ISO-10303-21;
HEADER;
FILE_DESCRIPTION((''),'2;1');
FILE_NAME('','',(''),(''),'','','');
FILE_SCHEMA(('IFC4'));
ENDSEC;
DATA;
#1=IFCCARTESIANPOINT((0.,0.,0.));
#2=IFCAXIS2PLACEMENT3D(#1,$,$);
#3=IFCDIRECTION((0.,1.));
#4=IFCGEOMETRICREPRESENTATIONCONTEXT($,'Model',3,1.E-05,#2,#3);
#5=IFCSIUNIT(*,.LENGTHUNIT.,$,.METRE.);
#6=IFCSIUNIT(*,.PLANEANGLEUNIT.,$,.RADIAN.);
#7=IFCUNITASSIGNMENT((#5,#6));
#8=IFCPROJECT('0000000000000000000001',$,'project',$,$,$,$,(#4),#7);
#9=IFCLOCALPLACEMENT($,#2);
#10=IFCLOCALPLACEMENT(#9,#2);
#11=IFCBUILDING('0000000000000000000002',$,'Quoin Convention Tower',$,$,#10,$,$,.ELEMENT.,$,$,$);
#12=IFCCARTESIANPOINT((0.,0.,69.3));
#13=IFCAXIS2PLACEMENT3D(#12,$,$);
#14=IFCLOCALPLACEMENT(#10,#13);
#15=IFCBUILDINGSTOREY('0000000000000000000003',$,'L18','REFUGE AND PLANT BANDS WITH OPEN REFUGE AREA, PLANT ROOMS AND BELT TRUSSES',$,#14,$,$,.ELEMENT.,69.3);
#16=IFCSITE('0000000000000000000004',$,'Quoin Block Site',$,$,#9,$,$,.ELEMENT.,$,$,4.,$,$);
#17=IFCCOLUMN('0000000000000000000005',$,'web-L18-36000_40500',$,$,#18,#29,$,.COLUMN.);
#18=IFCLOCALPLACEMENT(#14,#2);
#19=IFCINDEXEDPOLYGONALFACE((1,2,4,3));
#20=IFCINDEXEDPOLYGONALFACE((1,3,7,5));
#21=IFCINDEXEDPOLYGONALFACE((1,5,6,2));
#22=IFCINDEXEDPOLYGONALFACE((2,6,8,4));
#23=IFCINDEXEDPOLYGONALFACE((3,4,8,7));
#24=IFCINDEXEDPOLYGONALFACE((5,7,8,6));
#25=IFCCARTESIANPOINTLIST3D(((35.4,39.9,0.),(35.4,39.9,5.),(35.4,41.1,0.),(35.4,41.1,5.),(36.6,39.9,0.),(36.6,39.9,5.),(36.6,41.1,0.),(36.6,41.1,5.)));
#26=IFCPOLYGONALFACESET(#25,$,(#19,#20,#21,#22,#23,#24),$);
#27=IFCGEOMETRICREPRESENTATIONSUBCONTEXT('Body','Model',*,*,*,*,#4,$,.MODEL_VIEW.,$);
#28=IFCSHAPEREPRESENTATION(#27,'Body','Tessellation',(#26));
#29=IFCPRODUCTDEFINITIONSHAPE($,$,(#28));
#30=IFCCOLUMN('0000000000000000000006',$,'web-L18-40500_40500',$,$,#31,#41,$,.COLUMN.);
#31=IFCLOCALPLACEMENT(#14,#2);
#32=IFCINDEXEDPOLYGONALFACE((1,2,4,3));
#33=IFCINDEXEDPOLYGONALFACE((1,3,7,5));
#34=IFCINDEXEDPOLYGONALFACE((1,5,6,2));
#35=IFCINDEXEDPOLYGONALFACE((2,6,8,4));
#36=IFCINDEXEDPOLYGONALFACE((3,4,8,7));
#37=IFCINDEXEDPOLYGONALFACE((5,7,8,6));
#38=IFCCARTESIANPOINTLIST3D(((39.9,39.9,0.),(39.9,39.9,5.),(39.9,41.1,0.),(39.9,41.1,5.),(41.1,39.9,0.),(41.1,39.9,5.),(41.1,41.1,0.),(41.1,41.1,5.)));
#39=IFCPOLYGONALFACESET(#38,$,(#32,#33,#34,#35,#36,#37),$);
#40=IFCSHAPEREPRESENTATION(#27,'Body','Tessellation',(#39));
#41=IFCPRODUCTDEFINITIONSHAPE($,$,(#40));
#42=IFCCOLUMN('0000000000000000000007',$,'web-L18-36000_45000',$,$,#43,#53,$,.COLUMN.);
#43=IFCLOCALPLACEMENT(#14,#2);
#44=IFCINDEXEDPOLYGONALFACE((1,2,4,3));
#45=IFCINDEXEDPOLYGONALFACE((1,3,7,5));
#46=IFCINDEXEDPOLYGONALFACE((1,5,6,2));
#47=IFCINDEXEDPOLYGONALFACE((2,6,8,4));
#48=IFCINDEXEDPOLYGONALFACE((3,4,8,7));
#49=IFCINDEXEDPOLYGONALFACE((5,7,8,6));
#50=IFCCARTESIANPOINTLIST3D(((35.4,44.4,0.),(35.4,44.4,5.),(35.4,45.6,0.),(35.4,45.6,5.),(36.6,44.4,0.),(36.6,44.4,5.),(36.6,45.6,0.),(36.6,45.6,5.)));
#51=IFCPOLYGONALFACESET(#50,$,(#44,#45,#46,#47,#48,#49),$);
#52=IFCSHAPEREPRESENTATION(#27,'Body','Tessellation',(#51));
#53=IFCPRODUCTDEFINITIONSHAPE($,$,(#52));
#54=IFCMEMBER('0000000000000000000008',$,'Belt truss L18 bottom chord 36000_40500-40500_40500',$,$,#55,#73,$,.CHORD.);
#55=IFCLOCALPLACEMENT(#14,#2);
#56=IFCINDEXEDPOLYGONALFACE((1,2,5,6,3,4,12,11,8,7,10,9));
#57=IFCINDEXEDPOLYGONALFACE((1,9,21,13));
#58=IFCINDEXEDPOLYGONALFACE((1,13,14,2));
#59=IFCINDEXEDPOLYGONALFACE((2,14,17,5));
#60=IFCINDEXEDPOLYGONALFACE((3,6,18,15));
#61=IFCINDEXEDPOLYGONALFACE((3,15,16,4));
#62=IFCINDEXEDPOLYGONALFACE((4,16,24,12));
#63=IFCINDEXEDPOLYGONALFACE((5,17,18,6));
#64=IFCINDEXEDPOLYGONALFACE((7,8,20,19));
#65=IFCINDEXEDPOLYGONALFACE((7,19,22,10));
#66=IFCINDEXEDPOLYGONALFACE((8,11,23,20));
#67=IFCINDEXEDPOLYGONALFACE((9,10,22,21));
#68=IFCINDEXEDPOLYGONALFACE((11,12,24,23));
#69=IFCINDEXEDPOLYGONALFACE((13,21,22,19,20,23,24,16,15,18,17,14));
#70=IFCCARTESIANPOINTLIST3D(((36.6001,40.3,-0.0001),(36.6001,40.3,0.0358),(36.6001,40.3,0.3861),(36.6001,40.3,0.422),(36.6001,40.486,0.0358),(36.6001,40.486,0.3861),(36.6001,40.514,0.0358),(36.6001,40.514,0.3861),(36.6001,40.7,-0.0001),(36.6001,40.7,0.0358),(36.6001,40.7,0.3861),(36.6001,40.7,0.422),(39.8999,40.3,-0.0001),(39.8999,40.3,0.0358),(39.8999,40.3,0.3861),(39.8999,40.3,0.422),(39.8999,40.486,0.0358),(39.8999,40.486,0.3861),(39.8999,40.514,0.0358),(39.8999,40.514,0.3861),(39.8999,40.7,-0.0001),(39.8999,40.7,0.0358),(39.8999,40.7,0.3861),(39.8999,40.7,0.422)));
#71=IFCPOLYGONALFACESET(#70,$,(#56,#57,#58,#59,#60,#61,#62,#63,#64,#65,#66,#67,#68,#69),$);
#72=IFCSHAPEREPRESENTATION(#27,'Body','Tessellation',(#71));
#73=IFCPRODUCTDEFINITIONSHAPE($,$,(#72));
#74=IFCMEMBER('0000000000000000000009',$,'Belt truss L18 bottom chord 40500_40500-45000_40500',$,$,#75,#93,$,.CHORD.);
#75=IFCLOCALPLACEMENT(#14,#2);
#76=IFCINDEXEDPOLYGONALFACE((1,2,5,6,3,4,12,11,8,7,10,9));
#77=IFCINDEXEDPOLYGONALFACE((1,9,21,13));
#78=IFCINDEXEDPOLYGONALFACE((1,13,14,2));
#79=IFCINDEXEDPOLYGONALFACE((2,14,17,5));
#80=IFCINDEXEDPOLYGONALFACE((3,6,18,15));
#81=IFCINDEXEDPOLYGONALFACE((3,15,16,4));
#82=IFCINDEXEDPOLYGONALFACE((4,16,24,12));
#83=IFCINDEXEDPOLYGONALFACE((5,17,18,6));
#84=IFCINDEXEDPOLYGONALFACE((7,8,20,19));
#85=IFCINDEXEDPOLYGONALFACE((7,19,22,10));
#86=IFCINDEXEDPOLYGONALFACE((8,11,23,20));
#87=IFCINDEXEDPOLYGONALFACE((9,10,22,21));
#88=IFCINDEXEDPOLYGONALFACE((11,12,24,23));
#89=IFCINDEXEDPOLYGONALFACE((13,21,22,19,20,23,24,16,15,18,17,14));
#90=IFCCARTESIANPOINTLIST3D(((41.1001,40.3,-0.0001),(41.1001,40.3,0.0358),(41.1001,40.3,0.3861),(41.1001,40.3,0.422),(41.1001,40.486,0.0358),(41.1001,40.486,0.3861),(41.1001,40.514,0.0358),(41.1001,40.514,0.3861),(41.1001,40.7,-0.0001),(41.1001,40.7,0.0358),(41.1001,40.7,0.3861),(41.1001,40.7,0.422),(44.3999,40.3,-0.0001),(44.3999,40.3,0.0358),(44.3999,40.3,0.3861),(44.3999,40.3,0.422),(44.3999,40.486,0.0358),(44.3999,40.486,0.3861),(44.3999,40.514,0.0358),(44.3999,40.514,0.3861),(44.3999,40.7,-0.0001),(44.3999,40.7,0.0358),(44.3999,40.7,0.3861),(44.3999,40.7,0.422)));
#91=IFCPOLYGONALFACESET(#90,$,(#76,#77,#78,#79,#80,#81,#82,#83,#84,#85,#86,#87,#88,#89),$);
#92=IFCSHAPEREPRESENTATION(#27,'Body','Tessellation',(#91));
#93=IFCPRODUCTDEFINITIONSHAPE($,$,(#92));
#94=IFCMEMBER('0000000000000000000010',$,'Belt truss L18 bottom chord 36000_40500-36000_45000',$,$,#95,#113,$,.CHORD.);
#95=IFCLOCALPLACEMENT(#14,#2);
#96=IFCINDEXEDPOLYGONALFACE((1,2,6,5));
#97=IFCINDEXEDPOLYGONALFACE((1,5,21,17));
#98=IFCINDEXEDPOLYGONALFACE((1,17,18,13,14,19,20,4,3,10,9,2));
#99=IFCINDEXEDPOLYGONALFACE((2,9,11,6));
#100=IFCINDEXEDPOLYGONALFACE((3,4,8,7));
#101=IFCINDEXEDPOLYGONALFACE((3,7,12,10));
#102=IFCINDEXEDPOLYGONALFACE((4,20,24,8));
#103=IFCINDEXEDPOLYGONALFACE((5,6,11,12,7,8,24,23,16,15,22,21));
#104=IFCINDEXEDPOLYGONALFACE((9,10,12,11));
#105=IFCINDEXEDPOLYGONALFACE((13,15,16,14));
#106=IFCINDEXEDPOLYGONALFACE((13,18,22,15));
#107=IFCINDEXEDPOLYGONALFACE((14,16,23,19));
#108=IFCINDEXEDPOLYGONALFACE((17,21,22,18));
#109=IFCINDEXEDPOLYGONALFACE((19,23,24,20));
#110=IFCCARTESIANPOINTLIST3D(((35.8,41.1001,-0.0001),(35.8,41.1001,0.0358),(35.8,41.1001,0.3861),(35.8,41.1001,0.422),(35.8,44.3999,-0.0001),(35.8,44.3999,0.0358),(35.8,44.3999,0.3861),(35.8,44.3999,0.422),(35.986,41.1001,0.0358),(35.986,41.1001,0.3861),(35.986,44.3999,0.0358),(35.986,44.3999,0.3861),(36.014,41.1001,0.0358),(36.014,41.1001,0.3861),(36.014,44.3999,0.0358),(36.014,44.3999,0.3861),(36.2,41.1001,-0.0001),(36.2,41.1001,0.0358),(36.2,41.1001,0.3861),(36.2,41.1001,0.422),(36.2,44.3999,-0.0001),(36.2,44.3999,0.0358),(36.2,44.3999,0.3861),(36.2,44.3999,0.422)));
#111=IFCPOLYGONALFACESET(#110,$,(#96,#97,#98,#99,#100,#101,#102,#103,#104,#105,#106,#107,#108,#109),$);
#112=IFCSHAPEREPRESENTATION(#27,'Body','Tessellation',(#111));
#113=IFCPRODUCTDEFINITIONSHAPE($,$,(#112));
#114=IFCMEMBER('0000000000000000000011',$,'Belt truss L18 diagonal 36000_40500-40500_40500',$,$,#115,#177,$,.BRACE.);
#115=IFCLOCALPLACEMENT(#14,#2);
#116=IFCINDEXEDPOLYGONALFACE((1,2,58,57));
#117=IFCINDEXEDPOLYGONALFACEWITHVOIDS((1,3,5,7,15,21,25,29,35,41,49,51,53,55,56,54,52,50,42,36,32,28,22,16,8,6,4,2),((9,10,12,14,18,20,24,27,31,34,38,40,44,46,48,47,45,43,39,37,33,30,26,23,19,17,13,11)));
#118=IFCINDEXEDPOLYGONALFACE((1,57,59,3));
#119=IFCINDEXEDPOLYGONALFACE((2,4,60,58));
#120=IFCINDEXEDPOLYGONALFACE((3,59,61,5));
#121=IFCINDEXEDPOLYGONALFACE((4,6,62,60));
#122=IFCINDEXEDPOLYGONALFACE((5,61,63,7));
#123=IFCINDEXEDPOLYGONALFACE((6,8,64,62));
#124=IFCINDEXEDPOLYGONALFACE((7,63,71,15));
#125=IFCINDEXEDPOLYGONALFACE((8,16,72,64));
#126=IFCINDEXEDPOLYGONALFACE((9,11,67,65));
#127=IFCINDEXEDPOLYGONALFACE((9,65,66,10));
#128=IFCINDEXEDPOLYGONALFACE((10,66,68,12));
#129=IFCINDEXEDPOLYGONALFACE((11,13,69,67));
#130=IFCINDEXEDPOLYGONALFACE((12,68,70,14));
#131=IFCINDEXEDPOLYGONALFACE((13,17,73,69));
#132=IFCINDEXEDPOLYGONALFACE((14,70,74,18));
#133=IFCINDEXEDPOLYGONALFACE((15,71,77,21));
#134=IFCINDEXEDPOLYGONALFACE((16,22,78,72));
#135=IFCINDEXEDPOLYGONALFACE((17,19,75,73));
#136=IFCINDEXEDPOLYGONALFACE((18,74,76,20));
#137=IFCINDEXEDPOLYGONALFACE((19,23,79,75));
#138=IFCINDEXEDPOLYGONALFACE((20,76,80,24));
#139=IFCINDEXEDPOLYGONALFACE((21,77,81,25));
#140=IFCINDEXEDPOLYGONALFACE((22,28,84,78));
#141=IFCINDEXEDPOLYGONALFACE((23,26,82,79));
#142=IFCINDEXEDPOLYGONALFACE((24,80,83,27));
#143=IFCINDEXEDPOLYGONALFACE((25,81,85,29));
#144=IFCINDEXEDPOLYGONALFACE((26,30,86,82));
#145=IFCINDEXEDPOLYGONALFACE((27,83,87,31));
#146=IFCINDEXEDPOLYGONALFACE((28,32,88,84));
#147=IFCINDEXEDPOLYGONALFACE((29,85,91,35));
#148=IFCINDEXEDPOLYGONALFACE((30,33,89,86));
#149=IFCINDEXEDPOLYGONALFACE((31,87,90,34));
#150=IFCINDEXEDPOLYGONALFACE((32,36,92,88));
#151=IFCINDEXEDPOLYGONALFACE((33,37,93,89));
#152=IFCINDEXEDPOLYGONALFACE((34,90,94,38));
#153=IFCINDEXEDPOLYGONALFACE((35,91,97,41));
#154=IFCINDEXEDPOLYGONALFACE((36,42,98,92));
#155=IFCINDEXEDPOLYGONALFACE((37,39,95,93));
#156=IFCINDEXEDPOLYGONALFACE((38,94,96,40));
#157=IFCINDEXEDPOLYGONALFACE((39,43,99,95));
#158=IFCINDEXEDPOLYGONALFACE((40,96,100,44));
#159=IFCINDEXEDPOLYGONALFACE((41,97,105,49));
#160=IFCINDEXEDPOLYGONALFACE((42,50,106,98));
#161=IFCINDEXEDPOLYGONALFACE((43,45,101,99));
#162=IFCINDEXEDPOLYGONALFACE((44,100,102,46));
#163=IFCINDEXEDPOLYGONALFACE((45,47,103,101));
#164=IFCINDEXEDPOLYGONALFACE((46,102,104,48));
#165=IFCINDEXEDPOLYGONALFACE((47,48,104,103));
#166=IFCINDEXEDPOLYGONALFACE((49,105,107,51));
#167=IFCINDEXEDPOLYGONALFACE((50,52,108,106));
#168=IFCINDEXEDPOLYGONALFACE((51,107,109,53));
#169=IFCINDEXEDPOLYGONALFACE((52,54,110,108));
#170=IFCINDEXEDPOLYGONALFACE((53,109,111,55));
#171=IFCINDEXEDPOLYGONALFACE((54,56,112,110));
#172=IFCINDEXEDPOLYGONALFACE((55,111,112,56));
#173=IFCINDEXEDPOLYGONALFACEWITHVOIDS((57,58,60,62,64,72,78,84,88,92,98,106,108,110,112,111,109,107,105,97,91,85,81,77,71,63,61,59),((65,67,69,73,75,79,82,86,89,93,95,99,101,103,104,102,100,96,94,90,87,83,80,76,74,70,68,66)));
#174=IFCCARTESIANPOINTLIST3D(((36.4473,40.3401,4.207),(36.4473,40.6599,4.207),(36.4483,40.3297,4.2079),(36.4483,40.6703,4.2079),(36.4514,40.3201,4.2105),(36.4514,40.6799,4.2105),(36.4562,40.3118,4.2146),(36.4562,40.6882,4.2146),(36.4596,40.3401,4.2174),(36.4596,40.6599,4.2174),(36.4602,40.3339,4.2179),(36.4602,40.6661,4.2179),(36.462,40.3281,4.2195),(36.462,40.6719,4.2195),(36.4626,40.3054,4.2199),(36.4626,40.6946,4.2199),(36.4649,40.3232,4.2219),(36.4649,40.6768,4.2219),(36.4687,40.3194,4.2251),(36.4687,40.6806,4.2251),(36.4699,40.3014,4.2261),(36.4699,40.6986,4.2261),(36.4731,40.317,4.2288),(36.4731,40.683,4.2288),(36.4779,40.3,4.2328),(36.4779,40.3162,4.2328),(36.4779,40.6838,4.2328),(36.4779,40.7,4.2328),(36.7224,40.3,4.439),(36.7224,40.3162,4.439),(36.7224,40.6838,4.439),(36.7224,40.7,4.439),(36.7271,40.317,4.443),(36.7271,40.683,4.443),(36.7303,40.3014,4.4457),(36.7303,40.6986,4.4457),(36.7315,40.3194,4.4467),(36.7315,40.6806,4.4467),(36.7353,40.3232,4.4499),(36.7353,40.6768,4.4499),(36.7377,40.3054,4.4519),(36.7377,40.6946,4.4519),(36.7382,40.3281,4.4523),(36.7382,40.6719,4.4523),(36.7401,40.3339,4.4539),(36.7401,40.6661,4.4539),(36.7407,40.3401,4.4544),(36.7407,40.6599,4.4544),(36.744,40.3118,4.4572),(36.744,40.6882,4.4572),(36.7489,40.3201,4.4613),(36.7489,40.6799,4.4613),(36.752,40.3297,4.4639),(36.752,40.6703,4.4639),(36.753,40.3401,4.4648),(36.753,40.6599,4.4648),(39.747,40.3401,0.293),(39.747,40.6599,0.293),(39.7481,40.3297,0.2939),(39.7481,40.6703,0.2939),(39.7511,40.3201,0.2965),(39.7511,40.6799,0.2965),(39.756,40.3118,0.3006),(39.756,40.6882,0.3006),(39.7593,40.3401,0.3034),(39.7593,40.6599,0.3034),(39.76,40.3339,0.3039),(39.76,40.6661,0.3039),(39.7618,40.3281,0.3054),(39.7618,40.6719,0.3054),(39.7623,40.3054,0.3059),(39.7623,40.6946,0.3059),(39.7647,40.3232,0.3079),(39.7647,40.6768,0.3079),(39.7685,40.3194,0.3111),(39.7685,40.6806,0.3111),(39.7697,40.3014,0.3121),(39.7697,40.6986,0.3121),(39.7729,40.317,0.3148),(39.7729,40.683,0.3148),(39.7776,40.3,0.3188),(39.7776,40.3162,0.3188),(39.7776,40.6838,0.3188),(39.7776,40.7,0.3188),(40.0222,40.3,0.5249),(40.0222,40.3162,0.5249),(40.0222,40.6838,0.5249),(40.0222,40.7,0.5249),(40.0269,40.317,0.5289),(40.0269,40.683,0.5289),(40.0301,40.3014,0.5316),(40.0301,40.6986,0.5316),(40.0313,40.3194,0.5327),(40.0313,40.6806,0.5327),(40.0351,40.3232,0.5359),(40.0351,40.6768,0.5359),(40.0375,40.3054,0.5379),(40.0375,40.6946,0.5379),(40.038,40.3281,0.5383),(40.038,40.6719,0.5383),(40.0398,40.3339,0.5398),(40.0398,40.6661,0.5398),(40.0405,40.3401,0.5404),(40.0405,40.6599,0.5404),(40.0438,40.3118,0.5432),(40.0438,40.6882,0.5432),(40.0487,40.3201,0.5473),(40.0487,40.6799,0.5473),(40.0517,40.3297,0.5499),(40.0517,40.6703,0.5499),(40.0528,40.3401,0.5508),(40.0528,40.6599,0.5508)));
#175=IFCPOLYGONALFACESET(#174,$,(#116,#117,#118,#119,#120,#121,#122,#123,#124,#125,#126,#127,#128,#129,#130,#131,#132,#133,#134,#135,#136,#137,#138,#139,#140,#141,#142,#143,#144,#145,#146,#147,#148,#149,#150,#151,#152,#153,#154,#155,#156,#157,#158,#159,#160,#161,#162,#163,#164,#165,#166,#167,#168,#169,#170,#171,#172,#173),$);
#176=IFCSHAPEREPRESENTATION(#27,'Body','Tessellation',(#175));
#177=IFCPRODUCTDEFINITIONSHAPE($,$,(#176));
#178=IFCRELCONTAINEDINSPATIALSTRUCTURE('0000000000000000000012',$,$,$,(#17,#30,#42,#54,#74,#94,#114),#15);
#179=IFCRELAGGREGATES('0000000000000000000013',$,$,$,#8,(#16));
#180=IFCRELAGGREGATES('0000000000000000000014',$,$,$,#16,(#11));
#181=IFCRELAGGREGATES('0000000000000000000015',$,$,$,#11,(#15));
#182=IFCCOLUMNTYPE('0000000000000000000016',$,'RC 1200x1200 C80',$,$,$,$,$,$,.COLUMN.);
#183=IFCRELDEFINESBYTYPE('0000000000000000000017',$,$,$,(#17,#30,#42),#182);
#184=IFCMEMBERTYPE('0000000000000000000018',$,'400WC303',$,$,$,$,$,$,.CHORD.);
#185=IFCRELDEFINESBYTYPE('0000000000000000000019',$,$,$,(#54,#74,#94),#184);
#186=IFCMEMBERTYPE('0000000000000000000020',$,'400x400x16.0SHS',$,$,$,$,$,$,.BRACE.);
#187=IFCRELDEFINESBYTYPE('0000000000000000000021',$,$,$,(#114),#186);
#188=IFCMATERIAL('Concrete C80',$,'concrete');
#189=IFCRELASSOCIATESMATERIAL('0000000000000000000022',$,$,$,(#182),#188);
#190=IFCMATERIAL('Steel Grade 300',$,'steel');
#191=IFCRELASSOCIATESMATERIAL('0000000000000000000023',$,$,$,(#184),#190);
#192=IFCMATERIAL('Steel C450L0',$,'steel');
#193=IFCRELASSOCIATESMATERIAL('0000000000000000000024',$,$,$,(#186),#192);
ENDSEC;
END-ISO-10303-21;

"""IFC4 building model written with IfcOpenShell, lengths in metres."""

from ifc_helpers import new_model, si_unit, direction, frame, origin, origin_2d, place, context, subcontext, project, spatial, rectangle, hollow_rectangle, i_section, extrude, material, material_profile, profile_set, type_object, element, save


model = new_model("IFC4")

# Units and contexts
model_context = context("Model", 3, precision=1e-05, world=origin(), true_north=direction((0.0, 1.0)))
body_context = subcontext(model_context, "Body", "Model", "MODEL_VIEW")
ifc_project = project(units=[si_unit("LENGTHUNIT", "METRE"), si_unit("PLANEANGLEUNIT", "RADIAN")], contexts=[model_context])

# Site, building, storey
site_placement = place(None, origin())
site = spatial("IfcSite", under=ifc_project, at=site_placement, Name="Quoin Block Site", CompositionType="ELEMENT", RefElevation=4.0)
building_placement = place(site_placement, origin())
building = spatial("IfcBuilding", under=site, at=building_placement, Name="Quoin Convention Tower", CompositionType="ELEMENT")
storey_placement = place(building_placement, frame((0.0, 0.0, 69.3)))
storey = spatial("IfcBuildingStorey", under=building, at=storey_placement, Name="L18", Description="REFUGE AND PLANT BANDS WITH OPEN REFUGE AREA, PLANT ROOMS AND BELT TRUSSES", CompositionType="ELEMENT", Elevation=69.3)

# Columns
ifc_material_1 = material(Name="Concrete C80", Category="concrete")
ifc_material_profile_1 = material_profile(ifc_material_1, rectangle(XDim=1.2, YDim=1.2, at=origin_2d()), Name="RC 1200x1200")
ifc_profile_set_1 = profile_set([ifc_material_profile_1], Name="Concrete C80")
column_type = type_object("IfcColumnType", Name="RC 1200x1200 C80", PredefinedType="COLUMN", material=ifc_profile_set_1)
for number, where, z_axis, x_axis, name in (
    (1, (36.0, 40.5, 0.0), (0.0, 0.0, 1.0), (1.0, 0.0, 0.0), "web-L18-36000_40500"),
    (2, (40.5, 40.5, 0.0), (0.0, 0.0, 1.0), (1.0, 0.0, 0.0), "web-L18-40500_40500"),
    (3, (36.0, 45.0, 0.0), (0.0, 0.0, 1.0), (1.0, 0.0, 0.0), "web-L18-36000_45000"),
):
    element("IfcColumn", number, at=place(storey_placement, frame(where, z_axis=z_axis, x_axis=x_axis)), inside=storey, type_object=column_type, Name=name, PredefinedType="COLUMN", context=body_context, shape_type="SweptSolid", body=[
        extrude(rectangle(XDim=1.2, YDim=1.2, at=origin_2d()), origin(), (0.0, 0.0, 1.0), 5.0),
    ])

# Members
ifc_material_2 = material(Name="Steel Grade 300", Category="steel")
ifc_material_profile_2 = material_profile(ifc_material_2, i_section(OverallWidth=0.3999, OverallDepth=0.4221, WebThickness=0.0281, FlangeThickness=0.0359, at=origin_2d()), Name="400WC303")
ifc_profile_set_2 = profile_set([ifc_material_profile_2], Name="Steel Grade 300")
member_type_1 = type_object("IfcMemberType", Name="400WC303", PredefinedType="CHORD", material=ifc_profile_set_2)
for number, where, z_axis, x_axis, name in (
    (4, (36.6001, 40.5, 0.2109), (1.0, 0.0, 0.0), (0.0, 1.0, 0.0), "Belt truss L18 bottom chord 36000_40500-40500_40500"),
    (5, (41.1001, 40.5, 0.2109), (1.0, 0.0, 0.0), (0.0, 1.0, 0.0), "Belt truss L18 bottom chord 40500_40500-45000_40500"),
    (6, (36.0, 41.1001, 0.2109), (0.0, 1.0, 0.0), (-1.0, 0.0, 0.0), "Belt truss L18 bottom chord 36000_40500-36000_45000"),
):
    element("IfcMember", number, at=place(storey_placement, frame(where, z_axis=z_axis, x_axis=x_axis)), inside=storey, type_object=member_type_1, Name=name, PredefinedType="CHORD", context=body_context, shape_type="SweptSolid", body=[
        extrude(i_section(OverallWidth=0.3999, OverallDepth=0.4221, WebThickness=0.0281, FlangeThickness=0.0359, at=origin_2d()), origin(), (0.0, 0.0, 1.0), 3.2998),
    ])
ifc_material_3 = material(Name="Steel C450L0", Category="steel")
ifc_material_profile_3 = material_profile(ifc_material_3, hollow_rectangle(XDim=0.3999, YDim=0.3999, WallThickness=0.0161, InnerFilletRadius=0.0239, OuterFilletRadius=0.04, at=origin_2d()), Name="400x400x16.0SHS")
ifc_profile_set_3 = profile_set([ifc_material_profile_3], Name="Steel C450L0")
member_type_2 = type_object("IfcMemberType", Name="400x400x16.0SHS", PredefinedType="BRACE", material=ifc_profile_set_3)
for number, where, z_axis, x_axis, name in (
    (7, (39.8999, 40.5, 0.4219), (-0.644564, 0.0, 0.76455), (0.0, -1.0, 0.0), "Belt truss L18 diagonal 36000_40500-40500_40500"),
):
    element("IfcMember", number, at=place(storey_placement, frame(where, z_axis=z_axis, x_axis=x_axis)), inside=storey, type_object=member_type_2, Name=name, PredefinedType="BRACE", context=body_context, shape_type="SweptSolid", body=[
        extrude(hollow_rectangle(XDim=0.3999, YDim=0.3999, WallThickness=0.0161, InnerFilletRadius=0.0239, OuterFilletRadius=0.04, at=origin_2d()), origin(), (0.0, 0.0, 1.0), 5.1194),
    ])

save(model, "model.ifc")
